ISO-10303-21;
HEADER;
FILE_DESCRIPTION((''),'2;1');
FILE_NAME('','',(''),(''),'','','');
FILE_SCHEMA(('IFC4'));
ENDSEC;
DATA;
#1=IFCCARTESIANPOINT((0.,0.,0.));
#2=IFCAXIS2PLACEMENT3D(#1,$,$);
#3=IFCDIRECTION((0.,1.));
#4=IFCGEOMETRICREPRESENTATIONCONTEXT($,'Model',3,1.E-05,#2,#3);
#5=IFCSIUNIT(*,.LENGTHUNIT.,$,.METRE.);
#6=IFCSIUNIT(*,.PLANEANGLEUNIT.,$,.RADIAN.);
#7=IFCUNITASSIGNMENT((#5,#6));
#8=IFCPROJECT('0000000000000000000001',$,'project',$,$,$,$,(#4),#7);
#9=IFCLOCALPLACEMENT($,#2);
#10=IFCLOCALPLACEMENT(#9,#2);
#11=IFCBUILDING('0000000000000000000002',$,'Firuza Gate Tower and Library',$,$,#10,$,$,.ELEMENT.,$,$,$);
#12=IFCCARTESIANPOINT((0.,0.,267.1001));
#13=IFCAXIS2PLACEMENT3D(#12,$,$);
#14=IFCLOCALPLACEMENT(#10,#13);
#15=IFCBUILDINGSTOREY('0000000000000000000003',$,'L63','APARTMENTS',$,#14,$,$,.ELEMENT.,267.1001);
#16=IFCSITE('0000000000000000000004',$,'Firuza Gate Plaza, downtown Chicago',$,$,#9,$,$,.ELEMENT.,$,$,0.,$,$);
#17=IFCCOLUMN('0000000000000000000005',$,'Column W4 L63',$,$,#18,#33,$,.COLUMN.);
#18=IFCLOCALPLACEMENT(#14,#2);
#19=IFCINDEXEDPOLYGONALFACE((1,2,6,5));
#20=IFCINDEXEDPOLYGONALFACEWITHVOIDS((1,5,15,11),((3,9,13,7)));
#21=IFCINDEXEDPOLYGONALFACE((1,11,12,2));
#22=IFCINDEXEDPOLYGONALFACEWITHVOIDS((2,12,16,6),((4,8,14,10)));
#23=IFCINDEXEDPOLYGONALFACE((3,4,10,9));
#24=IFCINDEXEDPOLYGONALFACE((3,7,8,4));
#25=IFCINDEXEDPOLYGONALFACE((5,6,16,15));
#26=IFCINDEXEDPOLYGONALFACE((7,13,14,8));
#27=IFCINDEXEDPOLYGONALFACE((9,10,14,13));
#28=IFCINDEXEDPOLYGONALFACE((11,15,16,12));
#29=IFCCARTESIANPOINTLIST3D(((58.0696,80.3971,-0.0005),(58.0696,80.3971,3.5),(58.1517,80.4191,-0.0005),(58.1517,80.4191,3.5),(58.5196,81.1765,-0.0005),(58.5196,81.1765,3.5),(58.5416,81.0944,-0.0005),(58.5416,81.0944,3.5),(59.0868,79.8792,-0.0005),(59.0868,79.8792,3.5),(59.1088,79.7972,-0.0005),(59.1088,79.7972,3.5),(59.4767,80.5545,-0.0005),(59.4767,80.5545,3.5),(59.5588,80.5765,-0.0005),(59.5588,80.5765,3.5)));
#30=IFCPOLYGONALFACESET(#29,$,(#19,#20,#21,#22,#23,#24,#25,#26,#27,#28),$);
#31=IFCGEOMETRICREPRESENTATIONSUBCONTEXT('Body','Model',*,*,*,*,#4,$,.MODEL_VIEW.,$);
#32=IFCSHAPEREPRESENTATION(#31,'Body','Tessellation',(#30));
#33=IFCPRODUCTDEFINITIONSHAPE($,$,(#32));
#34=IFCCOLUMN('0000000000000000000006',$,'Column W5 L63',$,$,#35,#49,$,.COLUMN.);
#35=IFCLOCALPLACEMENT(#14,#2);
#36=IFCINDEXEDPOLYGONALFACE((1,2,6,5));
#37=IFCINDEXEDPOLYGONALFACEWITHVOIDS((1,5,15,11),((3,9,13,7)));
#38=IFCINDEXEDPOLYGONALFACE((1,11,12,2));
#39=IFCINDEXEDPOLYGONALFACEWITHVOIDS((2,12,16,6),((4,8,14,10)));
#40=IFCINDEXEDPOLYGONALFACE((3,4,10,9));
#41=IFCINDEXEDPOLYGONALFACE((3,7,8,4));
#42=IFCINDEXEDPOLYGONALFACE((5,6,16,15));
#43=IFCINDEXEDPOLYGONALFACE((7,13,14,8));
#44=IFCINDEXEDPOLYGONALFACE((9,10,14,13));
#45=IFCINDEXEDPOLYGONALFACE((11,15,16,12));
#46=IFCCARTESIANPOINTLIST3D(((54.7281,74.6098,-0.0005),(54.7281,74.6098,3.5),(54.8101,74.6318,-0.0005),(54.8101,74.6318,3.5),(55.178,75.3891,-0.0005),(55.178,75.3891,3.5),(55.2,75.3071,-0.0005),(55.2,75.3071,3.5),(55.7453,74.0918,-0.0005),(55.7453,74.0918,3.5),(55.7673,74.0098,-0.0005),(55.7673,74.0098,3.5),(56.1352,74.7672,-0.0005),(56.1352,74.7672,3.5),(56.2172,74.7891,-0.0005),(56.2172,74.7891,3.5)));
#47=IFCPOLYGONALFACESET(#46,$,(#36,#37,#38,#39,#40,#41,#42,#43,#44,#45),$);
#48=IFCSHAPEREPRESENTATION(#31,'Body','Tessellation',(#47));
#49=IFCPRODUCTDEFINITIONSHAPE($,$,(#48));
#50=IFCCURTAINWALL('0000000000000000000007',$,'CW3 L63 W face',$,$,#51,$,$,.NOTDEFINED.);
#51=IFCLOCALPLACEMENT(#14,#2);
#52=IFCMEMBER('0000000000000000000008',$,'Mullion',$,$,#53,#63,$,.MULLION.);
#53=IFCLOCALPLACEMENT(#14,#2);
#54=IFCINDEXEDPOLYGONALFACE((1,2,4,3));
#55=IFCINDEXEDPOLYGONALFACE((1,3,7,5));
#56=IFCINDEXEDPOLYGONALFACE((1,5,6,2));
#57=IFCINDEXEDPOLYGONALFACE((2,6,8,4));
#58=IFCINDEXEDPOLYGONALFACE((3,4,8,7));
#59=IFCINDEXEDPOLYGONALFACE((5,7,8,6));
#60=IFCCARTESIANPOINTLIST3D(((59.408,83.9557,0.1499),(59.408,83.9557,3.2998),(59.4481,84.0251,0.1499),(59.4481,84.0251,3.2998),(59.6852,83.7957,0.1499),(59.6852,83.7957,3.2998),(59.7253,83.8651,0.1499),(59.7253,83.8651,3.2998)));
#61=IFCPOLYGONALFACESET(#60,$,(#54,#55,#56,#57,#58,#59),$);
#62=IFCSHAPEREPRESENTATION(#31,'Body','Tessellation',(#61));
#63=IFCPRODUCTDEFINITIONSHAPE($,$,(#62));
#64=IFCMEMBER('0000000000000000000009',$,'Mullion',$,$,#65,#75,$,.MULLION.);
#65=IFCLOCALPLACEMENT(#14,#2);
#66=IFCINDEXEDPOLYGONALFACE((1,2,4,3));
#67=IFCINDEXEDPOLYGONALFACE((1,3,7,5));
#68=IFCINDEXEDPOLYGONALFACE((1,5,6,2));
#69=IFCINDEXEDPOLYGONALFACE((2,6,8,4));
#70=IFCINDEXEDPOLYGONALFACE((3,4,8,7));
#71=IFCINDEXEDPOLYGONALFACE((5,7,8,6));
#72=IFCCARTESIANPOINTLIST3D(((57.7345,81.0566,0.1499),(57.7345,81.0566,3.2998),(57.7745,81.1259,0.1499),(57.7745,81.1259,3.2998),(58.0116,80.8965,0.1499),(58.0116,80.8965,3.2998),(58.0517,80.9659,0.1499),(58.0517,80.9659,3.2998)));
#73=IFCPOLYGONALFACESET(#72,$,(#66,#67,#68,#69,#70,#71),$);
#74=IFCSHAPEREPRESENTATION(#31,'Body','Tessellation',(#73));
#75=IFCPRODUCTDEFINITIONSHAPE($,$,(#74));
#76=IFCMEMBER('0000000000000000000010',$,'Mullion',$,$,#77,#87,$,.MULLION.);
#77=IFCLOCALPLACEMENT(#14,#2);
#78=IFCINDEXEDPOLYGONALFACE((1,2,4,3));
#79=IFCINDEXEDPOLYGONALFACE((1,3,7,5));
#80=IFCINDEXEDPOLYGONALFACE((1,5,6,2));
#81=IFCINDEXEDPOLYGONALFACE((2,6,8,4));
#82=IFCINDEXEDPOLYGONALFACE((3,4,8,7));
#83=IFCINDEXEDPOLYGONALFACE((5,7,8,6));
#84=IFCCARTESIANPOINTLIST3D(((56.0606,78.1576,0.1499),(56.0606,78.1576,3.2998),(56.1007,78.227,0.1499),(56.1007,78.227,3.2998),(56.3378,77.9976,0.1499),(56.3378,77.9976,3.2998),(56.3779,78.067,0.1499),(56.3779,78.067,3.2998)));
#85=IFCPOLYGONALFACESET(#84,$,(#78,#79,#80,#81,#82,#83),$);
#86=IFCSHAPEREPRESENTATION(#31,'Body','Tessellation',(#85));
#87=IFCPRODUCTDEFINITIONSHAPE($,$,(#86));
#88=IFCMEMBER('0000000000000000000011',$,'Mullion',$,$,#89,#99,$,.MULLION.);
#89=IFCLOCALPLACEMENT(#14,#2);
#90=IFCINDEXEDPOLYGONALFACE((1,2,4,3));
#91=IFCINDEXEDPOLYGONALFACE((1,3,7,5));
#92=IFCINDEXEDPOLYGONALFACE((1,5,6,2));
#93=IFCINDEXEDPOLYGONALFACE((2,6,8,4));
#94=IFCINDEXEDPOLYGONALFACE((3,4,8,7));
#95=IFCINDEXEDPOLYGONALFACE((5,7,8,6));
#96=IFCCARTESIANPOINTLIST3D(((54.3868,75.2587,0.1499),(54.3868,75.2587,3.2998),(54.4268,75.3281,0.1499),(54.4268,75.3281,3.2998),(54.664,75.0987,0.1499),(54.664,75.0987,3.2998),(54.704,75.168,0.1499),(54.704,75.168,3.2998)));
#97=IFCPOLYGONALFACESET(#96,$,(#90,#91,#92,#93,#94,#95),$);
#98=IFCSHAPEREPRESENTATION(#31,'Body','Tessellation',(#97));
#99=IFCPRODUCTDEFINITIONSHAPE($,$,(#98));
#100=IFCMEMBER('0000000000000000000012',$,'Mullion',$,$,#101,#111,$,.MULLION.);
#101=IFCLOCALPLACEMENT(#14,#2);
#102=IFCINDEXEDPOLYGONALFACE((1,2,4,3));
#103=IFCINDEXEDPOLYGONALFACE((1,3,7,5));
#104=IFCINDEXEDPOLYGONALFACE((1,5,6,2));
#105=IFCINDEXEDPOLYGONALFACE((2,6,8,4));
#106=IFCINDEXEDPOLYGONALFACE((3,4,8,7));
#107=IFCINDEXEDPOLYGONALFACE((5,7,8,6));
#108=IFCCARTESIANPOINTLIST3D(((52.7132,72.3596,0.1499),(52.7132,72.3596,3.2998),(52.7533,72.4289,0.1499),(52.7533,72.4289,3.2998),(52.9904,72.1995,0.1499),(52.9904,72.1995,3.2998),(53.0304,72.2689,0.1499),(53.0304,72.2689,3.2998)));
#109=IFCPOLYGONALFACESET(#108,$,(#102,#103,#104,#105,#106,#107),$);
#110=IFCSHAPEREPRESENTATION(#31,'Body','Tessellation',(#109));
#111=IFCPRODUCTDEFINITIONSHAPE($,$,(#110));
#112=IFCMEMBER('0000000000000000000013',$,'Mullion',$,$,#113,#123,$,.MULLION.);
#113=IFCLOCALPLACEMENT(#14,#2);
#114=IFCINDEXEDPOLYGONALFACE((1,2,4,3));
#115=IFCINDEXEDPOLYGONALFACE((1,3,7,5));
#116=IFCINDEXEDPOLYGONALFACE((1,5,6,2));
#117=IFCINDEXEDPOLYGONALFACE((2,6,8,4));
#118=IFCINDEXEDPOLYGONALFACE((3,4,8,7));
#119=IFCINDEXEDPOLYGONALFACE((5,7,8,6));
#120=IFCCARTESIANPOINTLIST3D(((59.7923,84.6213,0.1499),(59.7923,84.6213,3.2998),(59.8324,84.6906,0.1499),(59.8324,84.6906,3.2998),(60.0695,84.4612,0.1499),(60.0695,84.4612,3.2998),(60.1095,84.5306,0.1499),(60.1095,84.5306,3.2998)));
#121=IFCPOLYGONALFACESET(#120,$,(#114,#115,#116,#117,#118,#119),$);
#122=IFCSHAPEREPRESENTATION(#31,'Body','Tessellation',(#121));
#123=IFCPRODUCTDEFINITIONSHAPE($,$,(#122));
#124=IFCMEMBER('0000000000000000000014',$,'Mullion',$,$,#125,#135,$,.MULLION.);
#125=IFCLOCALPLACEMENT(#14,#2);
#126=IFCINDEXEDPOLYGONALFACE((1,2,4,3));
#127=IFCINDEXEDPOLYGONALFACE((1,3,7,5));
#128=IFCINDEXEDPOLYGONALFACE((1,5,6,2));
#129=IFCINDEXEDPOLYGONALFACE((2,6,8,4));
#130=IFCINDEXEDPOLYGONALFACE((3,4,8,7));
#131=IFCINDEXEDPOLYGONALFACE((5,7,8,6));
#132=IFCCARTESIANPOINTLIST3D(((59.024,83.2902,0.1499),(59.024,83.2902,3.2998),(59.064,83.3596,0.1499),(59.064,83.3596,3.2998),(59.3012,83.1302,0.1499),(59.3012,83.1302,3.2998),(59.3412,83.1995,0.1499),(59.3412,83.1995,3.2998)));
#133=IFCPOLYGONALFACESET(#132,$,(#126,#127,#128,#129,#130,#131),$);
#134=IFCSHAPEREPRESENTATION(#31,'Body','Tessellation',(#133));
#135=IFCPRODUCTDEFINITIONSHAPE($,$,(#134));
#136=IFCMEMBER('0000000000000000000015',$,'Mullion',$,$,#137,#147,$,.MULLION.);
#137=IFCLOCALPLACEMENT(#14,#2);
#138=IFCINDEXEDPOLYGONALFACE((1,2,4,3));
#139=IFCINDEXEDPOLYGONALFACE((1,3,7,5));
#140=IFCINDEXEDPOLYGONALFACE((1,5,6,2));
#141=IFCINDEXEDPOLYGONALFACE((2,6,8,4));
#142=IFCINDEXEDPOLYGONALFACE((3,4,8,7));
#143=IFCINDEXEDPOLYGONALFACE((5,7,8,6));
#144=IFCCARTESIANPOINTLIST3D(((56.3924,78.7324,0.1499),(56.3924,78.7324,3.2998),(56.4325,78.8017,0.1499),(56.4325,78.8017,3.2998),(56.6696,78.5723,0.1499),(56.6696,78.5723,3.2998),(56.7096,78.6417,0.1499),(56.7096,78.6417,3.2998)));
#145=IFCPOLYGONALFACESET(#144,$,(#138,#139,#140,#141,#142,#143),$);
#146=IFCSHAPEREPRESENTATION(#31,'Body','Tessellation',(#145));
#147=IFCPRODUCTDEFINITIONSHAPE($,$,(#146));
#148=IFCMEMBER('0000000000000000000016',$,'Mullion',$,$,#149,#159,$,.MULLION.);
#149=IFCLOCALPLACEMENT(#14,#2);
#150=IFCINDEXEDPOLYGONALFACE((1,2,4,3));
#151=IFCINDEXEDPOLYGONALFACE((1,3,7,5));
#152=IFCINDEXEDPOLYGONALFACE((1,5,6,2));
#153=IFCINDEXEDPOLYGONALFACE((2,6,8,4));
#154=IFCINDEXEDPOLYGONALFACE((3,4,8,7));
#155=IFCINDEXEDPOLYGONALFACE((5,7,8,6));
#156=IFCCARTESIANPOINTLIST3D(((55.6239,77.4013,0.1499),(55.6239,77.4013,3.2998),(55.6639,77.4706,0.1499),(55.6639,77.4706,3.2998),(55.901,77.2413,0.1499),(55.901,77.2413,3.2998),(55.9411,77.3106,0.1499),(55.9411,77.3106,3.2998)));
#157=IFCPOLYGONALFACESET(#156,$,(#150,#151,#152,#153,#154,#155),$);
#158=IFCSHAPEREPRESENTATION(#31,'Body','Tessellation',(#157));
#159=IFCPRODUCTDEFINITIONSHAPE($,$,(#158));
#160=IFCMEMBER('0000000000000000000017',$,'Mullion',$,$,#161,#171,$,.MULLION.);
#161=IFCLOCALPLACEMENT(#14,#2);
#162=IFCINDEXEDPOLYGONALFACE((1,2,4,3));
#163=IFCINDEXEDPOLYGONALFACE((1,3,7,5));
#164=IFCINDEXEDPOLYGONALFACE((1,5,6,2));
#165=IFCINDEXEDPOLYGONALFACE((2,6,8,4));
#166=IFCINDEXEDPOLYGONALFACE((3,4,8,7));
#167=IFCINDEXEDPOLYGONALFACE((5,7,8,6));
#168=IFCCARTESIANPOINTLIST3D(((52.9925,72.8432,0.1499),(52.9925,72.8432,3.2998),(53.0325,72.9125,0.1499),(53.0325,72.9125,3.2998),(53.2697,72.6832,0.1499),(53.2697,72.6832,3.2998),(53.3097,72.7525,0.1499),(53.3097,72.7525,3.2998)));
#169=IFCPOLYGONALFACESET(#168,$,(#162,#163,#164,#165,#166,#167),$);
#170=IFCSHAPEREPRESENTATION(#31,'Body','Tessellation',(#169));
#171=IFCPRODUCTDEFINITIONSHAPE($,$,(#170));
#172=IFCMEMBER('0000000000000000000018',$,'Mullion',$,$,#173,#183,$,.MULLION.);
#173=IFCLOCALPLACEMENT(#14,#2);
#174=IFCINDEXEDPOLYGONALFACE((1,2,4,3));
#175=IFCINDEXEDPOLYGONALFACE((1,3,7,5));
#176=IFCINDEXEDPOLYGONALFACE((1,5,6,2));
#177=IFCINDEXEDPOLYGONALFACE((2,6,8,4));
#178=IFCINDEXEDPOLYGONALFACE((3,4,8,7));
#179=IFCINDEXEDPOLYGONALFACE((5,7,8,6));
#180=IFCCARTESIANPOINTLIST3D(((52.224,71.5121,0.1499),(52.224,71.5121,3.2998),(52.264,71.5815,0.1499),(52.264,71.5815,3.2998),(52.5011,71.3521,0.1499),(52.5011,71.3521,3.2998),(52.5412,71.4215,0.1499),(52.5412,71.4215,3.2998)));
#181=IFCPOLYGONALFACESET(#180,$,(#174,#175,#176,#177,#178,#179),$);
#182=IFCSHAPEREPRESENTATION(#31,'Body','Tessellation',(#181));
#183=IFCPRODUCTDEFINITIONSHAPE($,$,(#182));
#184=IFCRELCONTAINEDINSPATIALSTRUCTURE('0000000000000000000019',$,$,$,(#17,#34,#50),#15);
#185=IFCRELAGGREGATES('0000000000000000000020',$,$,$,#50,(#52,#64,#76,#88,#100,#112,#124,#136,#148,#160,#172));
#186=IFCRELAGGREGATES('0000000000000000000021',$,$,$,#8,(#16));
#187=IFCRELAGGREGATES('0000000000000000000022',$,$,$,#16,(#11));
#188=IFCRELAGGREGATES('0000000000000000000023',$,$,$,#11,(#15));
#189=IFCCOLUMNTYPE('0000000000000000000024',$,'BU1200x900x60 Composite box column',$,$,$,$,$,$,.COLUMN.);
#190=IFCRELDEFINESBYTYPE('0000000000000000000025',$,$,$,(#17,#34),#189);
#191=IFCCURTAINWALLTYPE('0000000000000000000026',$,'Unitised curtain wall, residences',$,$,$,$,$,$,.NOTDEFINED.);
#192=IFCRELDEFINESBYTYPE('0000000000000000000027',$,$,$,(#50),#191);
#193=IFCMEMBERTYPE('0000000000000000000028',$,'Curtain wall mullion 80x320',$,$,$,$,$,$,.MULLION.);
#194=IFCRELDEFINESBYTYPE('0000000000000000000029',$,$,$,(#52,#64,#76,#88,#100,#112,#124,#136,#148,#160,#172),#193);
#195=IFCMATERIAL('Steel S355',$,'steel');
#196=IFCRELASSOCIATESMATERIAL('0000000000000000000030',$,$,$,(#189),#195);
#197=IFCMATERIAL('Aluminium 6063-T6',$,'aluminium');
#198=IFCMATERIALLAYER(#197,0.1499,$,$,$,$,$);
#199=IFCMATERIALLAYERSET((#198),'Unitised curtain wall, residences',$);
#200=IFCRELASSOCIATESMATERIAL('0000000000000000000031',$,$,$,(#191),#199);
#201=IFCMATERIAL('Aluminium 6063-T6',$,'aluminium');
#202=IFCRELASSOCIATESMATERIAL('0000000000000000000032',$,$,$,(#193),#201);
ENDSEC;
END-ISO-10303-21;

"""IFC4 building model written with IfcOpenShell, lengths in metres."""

from ifc_helpers import new_model, si_unit, direction, frame, origin, origin_2d, place, context, subcontext, project, spatial, rectangle, hollow_rectangle, extrude, material, layer, layer_set, material_profile, profile_set, type_object, element, aggregate, save


model = new_model("IFC4")

# Units and contexts
model_context = context("Model", 3, precision=1e-05, world=origin(), true_north=direction((0.0, 1.0)))
body_context = subcontext(model_context, "Body", "Model", "MODEL_VIEW")
ifc_project = project(units=[si_unit("LENGTHUNIT", "METRE"), si_unit("PLANEANGLEUNIT", "RADIAN")], contexts=[model_context])

# Site, building, storey
site_placement = place(None, origin())
site = spatial("IfcSite", under=ifc_project, at=site_placement, Name="Firuza Gate Plaza, downtown Chicago", CompositionType="ELEMENT", RefElevation=0.0)
building_placement = place(site_placement, origin())
building = spatial("IfcBuilding", under=site, at=building_placement, Name="Firuza Gate Tower and Library", CompositionType="ELEMENT")
storey_placement = place(building_placement, frame((0.0, 0.0, 267.1001)))
storey = spatial("IfcBuildingStorey", under=building, at=storey_placement, Name="L63", Description="APARTMENTS", CompositionType="ELEMENT", Elevation=267.1001)

# Columns
ifc_material_1 = material(Name="Steel S355", Category="steel")
ifc_material_profile_1 = material_profile(ifc_material_1, hollow_rectangle(XDim=0.8999, YDim=1.2, WallThickness=0.0601, at=origin_2d()))
ifc_profile_set_1 = profile_set([ifc_material_profile_1], Name="Steel S355")
column_type = type_object("IfcColumnType", Name="BU1200x900x60 Composite box column", PredefinedType="COLUMN", material=ifc_profile_set_1)
for number, where, z_axis, x_axis, name in (
    (1, (58.8142, 80.4868, -0.0005), (0.0, 0.0, 1.0), (-0.5, -0.866025, 0.0), "Column W4 L63"),
    (2, (55.4727, 74.6995, -0.0005), (0.0, 0.0, 1.0), (-0.5, -0.866025, 0.0), "Column W5 L63"),
):
    element("IfcColumn", number, at=place(storey_placement, frame(where, z_axis=z_axis, x_axis=x_axis)), inside=storey, type_object=column_type, Name=name, PredefinedType="COLUMN", context=body_context, shape_type="SweptSolid", body=[
        extrude(hollow_rectangle(XDim=0.8999, YDim=1.2, WallThickness=0.0601, at=origin_2d()), origin(), (0.0, 0.0, 1.0), 3.5005),
    ])

# Curtain wall, members
ifc_material_2 = material(Name="Aluminium 6063-T6", Category="aluminium")
ifc_layer_1 = layer(ifc_material_2, 0.1499)
ifc_layer_set_1 = layer_set([ifc_layer_1], Name="Unitised curtain wall, residences")
curtain_wall_type = type_object("IfcCurtainWallType", Name="Unitised curtain wall, residences", PredefinedType="NOTDEFINED", material=ifc_layer_set_1)
curtain_wall_placement = place(storey_placement, origin())
curtain_wall = element("IfcCurtainWall", 3, at=curtain_wall_placement, inside=storey, type_object=curtain_wall_type, Name="CW3 L63 W face", PredefinedType="NOTDEFINED")
ifc_material_3 = material(Name="Aluminium 6063-T6", Category="aluminium")
ifc_material_profile_2 = material_profile(ifc_material_3, rectangle(XDim=0.3201, YDim=0.0801, at=origin_2d()))
ifc_profile_set_2 = profile_set([ifc_material_profile_2], Name="Aluminium 6063-T6")
member_type = type_object("IfcMemberType", Name="Curtain wall mullion 80x320", PredefinedType="MULLION", material=ifc_profile_set_2)
member_1_placement = place(storey_placement, frame((59.5667, 83.9104, 0.1499), z_axis=(0.0, 0.0, 1.0), x_axis=(0.866025, -0.5, 0.0)))
member_1 = element("IfcMember", 4, at=member_1_placement, type_object=member_type, Name="Mullion", PredefinedType="MULLION", context=body_context, shape_type="SweptSolid", body=[
    extrude(rectangle(XDim=0.3201, YDim=0.0801, at=origin_2d()), origin(), (0.0, 0.0, 1.0), 3.1499),
])
member_2_placement = place(storey_placement, frame((57.8931, 81.0112, 0.1499), z_axis=(0.0, 0.0, 1.0), x_axis=(0.866025, -0.5, 0.0)))
member_2 = element("IfcMember", 5, at=member_2_placement, type_object=member_type, Name="Mullion", PredefinedType="MULLION", context=body_context, shape_type="SweptSolid", body=[
    extrude(rectangle(XDim=0.3201, YDim=0.0801, at=origin_2d()), origin(), (0.0, 0.0, 1.0), 3.1499),
])
member_3_placement = place(storey_placement, frame((56.2192, 78.1123, 0.1499), z_axis=(0.0, 0.0, 1.0), x_axis=(0.866025, -0.5, 0.0)))
member_3 = element("IfcMember", 6, at=member_3_placement, type_object=member_type, Name="Mullion", PredefinedType="MULLION", context=body_context, shape_type="SweptSolid", body=[
    extrude(rectangle(XDim=0.3201, YDim=0.0801, at=origin_2d()), origin(), (0.0, 0.0, 1.0), 3.1499),
])
member_4_placement = place(storey_placement, frame((54.5454, 75.2134, 0.1499), z_axis=(0.0, 0.0, 1.0), x_axis=(0.866025, -0.5, 0.0)))
member_4 = element("IfcMember", 7, at=member_4_placement, type_object=member_type, Name="Mullion", PredefinedType="MULLION", context=body_context, shape_type="SweptSolid", body=[
    extrude(rectangle(XDim=0.3201, YDim=0.0801, at=origin_2d()), origin(), (0.0, 0.0, 1.0), 3.1499),
])
member_5_placement = place(storey_placement, frame((52.8718, 72.3142, 0.1499), z_axis=(0.0, 0.0, 1.0), x_axis=(0.866025, -0.5, 0.0)))
member_5 = element("IfcMember", 8, at=member_5_placement, type_object=member_type, Name="Mullion", PredefinedType="MULLION", context=body_context, shape_type="SweptSolid", body=[
    extrude(rectangle(XDim=0.3201, YDim=0.0801, at=origin_2d()), origin(), (0.0, 0.0, 1.0), 3.1499),
])
member_6_placement = place(storey_placement, frame((59.9509, 84.5759, 0.1499), z_axis=(0.0, 0.0, 1.0), x_axis=(0.866025, -0.5, 0.0)))
member_6 = element("IfcMember", 9, at=member_6_placement, type_object=member_type, Name="Mullion", PredefinedType="MULLION", context=body_context, shape_type="SweptSolid", body=[
    extrude(rectangle(XDim=0.3201, YDim=0.0801, at=origin_2d()), origin(), (0.0, 0.0, 1.0), 3.1499),
])
member_7_placement = place(storey_placement, frame((59.1826, 83.2449, 0.1499), z_axis=(0.0, 0.0, 1.0), x_axis=(0.866025, -0.5, 0.0)))
member_7 = element("IfcMember", 10, at=member_7_placement, type_object=member_type, Name="Mullion", PredefinedType="MULLION", context=body_context, shape_type="SweptSolid", body=[
    extrude(rectangle(XDim=0.3201, YDim=0.0801, at=origin_2d()), origin(), (0.0, 0.0, 1.0), 3.1499),
])
member_8_placement = place(storey_placement, frame((56.551, 78.687, 0.1499), z_axis=(0.0, 0.0, 1.0), x_axis=(0.866025, -0.5, 0.0)))
member_8 = element("IfcMember", 11, at=member_8_placement, type_object=member_type, Name="Mullion", PredefinedType="MULLION", context=body_context, shape_type="SweptSolid", body=[
    extrude(rectangle(XDim=0.3201, YDim=0.0801, at=origin_2d()), origin(), (0.0, 0.0, 1.0), 3.1499),
])
member_9_placement = place(storey_placement, frame((55.7825, 77.356, 0.1499), z_axis=(0.0, 0.0, 1.0), x_axis=(0.866025, -0.5, 0.0)))
member_9 = element("IfcMember", 12, at=member_9_placement, type_object=member_type, Name="Mullion", PredefinedType="MULLION", context=body_context, shape_type="SweptSolid", body=[
    extrude(rectangle(XDim=0.3201, YDim=0.0801, at=origin_2d()), origin(), (0.0, 0.0, 1.0), 3.1499),
])
member_10_placement = place(storey_placement, frame((53.1511, 72.7979, 0.1499), z_axis=(0.0, 0.0, 1.0), x_axis=(0.866025, -0.5, 0.0)))
member_10 = element("IfcMember", 13, at=member_10_placement, type_object=member_type, Name="Mullion", PredefinedType="MULLION", context=body_context, shape_type="SweptSolid", body=[
    extrude(rectangle(XDim=0.3201, YDim=0.0801, at=origin_2d()), origin(), (0.0, 0.0, 1.0), 3.1499),
])
member_11_placement = place(storey_placement, frame((52.3826, 71.4668, 0.1499), z_axis=(0.0, 0.0, 1.0), x_axis=(0.866025, -0.5, 0.0)))
member_11 = element("IfcMember", 14, at=member_11_placement, type_object=member_type, Name="Mullion", PredefinedType="MULLION", context=body_context, shape_type="SweptSolid", body=[
    extrude(rectangle(XDim=0.3201, YDim=0.0801, at=origin_2d()), origin(), (0.0, 0.0, 1.0), 3.1499),
])

aggregate(curtain_wall, [member_1, member_2, member_3, member_4, member_5, member_6, member_7, member_8, member_9, member_10, member_11])

save(model, "model.ifc")
